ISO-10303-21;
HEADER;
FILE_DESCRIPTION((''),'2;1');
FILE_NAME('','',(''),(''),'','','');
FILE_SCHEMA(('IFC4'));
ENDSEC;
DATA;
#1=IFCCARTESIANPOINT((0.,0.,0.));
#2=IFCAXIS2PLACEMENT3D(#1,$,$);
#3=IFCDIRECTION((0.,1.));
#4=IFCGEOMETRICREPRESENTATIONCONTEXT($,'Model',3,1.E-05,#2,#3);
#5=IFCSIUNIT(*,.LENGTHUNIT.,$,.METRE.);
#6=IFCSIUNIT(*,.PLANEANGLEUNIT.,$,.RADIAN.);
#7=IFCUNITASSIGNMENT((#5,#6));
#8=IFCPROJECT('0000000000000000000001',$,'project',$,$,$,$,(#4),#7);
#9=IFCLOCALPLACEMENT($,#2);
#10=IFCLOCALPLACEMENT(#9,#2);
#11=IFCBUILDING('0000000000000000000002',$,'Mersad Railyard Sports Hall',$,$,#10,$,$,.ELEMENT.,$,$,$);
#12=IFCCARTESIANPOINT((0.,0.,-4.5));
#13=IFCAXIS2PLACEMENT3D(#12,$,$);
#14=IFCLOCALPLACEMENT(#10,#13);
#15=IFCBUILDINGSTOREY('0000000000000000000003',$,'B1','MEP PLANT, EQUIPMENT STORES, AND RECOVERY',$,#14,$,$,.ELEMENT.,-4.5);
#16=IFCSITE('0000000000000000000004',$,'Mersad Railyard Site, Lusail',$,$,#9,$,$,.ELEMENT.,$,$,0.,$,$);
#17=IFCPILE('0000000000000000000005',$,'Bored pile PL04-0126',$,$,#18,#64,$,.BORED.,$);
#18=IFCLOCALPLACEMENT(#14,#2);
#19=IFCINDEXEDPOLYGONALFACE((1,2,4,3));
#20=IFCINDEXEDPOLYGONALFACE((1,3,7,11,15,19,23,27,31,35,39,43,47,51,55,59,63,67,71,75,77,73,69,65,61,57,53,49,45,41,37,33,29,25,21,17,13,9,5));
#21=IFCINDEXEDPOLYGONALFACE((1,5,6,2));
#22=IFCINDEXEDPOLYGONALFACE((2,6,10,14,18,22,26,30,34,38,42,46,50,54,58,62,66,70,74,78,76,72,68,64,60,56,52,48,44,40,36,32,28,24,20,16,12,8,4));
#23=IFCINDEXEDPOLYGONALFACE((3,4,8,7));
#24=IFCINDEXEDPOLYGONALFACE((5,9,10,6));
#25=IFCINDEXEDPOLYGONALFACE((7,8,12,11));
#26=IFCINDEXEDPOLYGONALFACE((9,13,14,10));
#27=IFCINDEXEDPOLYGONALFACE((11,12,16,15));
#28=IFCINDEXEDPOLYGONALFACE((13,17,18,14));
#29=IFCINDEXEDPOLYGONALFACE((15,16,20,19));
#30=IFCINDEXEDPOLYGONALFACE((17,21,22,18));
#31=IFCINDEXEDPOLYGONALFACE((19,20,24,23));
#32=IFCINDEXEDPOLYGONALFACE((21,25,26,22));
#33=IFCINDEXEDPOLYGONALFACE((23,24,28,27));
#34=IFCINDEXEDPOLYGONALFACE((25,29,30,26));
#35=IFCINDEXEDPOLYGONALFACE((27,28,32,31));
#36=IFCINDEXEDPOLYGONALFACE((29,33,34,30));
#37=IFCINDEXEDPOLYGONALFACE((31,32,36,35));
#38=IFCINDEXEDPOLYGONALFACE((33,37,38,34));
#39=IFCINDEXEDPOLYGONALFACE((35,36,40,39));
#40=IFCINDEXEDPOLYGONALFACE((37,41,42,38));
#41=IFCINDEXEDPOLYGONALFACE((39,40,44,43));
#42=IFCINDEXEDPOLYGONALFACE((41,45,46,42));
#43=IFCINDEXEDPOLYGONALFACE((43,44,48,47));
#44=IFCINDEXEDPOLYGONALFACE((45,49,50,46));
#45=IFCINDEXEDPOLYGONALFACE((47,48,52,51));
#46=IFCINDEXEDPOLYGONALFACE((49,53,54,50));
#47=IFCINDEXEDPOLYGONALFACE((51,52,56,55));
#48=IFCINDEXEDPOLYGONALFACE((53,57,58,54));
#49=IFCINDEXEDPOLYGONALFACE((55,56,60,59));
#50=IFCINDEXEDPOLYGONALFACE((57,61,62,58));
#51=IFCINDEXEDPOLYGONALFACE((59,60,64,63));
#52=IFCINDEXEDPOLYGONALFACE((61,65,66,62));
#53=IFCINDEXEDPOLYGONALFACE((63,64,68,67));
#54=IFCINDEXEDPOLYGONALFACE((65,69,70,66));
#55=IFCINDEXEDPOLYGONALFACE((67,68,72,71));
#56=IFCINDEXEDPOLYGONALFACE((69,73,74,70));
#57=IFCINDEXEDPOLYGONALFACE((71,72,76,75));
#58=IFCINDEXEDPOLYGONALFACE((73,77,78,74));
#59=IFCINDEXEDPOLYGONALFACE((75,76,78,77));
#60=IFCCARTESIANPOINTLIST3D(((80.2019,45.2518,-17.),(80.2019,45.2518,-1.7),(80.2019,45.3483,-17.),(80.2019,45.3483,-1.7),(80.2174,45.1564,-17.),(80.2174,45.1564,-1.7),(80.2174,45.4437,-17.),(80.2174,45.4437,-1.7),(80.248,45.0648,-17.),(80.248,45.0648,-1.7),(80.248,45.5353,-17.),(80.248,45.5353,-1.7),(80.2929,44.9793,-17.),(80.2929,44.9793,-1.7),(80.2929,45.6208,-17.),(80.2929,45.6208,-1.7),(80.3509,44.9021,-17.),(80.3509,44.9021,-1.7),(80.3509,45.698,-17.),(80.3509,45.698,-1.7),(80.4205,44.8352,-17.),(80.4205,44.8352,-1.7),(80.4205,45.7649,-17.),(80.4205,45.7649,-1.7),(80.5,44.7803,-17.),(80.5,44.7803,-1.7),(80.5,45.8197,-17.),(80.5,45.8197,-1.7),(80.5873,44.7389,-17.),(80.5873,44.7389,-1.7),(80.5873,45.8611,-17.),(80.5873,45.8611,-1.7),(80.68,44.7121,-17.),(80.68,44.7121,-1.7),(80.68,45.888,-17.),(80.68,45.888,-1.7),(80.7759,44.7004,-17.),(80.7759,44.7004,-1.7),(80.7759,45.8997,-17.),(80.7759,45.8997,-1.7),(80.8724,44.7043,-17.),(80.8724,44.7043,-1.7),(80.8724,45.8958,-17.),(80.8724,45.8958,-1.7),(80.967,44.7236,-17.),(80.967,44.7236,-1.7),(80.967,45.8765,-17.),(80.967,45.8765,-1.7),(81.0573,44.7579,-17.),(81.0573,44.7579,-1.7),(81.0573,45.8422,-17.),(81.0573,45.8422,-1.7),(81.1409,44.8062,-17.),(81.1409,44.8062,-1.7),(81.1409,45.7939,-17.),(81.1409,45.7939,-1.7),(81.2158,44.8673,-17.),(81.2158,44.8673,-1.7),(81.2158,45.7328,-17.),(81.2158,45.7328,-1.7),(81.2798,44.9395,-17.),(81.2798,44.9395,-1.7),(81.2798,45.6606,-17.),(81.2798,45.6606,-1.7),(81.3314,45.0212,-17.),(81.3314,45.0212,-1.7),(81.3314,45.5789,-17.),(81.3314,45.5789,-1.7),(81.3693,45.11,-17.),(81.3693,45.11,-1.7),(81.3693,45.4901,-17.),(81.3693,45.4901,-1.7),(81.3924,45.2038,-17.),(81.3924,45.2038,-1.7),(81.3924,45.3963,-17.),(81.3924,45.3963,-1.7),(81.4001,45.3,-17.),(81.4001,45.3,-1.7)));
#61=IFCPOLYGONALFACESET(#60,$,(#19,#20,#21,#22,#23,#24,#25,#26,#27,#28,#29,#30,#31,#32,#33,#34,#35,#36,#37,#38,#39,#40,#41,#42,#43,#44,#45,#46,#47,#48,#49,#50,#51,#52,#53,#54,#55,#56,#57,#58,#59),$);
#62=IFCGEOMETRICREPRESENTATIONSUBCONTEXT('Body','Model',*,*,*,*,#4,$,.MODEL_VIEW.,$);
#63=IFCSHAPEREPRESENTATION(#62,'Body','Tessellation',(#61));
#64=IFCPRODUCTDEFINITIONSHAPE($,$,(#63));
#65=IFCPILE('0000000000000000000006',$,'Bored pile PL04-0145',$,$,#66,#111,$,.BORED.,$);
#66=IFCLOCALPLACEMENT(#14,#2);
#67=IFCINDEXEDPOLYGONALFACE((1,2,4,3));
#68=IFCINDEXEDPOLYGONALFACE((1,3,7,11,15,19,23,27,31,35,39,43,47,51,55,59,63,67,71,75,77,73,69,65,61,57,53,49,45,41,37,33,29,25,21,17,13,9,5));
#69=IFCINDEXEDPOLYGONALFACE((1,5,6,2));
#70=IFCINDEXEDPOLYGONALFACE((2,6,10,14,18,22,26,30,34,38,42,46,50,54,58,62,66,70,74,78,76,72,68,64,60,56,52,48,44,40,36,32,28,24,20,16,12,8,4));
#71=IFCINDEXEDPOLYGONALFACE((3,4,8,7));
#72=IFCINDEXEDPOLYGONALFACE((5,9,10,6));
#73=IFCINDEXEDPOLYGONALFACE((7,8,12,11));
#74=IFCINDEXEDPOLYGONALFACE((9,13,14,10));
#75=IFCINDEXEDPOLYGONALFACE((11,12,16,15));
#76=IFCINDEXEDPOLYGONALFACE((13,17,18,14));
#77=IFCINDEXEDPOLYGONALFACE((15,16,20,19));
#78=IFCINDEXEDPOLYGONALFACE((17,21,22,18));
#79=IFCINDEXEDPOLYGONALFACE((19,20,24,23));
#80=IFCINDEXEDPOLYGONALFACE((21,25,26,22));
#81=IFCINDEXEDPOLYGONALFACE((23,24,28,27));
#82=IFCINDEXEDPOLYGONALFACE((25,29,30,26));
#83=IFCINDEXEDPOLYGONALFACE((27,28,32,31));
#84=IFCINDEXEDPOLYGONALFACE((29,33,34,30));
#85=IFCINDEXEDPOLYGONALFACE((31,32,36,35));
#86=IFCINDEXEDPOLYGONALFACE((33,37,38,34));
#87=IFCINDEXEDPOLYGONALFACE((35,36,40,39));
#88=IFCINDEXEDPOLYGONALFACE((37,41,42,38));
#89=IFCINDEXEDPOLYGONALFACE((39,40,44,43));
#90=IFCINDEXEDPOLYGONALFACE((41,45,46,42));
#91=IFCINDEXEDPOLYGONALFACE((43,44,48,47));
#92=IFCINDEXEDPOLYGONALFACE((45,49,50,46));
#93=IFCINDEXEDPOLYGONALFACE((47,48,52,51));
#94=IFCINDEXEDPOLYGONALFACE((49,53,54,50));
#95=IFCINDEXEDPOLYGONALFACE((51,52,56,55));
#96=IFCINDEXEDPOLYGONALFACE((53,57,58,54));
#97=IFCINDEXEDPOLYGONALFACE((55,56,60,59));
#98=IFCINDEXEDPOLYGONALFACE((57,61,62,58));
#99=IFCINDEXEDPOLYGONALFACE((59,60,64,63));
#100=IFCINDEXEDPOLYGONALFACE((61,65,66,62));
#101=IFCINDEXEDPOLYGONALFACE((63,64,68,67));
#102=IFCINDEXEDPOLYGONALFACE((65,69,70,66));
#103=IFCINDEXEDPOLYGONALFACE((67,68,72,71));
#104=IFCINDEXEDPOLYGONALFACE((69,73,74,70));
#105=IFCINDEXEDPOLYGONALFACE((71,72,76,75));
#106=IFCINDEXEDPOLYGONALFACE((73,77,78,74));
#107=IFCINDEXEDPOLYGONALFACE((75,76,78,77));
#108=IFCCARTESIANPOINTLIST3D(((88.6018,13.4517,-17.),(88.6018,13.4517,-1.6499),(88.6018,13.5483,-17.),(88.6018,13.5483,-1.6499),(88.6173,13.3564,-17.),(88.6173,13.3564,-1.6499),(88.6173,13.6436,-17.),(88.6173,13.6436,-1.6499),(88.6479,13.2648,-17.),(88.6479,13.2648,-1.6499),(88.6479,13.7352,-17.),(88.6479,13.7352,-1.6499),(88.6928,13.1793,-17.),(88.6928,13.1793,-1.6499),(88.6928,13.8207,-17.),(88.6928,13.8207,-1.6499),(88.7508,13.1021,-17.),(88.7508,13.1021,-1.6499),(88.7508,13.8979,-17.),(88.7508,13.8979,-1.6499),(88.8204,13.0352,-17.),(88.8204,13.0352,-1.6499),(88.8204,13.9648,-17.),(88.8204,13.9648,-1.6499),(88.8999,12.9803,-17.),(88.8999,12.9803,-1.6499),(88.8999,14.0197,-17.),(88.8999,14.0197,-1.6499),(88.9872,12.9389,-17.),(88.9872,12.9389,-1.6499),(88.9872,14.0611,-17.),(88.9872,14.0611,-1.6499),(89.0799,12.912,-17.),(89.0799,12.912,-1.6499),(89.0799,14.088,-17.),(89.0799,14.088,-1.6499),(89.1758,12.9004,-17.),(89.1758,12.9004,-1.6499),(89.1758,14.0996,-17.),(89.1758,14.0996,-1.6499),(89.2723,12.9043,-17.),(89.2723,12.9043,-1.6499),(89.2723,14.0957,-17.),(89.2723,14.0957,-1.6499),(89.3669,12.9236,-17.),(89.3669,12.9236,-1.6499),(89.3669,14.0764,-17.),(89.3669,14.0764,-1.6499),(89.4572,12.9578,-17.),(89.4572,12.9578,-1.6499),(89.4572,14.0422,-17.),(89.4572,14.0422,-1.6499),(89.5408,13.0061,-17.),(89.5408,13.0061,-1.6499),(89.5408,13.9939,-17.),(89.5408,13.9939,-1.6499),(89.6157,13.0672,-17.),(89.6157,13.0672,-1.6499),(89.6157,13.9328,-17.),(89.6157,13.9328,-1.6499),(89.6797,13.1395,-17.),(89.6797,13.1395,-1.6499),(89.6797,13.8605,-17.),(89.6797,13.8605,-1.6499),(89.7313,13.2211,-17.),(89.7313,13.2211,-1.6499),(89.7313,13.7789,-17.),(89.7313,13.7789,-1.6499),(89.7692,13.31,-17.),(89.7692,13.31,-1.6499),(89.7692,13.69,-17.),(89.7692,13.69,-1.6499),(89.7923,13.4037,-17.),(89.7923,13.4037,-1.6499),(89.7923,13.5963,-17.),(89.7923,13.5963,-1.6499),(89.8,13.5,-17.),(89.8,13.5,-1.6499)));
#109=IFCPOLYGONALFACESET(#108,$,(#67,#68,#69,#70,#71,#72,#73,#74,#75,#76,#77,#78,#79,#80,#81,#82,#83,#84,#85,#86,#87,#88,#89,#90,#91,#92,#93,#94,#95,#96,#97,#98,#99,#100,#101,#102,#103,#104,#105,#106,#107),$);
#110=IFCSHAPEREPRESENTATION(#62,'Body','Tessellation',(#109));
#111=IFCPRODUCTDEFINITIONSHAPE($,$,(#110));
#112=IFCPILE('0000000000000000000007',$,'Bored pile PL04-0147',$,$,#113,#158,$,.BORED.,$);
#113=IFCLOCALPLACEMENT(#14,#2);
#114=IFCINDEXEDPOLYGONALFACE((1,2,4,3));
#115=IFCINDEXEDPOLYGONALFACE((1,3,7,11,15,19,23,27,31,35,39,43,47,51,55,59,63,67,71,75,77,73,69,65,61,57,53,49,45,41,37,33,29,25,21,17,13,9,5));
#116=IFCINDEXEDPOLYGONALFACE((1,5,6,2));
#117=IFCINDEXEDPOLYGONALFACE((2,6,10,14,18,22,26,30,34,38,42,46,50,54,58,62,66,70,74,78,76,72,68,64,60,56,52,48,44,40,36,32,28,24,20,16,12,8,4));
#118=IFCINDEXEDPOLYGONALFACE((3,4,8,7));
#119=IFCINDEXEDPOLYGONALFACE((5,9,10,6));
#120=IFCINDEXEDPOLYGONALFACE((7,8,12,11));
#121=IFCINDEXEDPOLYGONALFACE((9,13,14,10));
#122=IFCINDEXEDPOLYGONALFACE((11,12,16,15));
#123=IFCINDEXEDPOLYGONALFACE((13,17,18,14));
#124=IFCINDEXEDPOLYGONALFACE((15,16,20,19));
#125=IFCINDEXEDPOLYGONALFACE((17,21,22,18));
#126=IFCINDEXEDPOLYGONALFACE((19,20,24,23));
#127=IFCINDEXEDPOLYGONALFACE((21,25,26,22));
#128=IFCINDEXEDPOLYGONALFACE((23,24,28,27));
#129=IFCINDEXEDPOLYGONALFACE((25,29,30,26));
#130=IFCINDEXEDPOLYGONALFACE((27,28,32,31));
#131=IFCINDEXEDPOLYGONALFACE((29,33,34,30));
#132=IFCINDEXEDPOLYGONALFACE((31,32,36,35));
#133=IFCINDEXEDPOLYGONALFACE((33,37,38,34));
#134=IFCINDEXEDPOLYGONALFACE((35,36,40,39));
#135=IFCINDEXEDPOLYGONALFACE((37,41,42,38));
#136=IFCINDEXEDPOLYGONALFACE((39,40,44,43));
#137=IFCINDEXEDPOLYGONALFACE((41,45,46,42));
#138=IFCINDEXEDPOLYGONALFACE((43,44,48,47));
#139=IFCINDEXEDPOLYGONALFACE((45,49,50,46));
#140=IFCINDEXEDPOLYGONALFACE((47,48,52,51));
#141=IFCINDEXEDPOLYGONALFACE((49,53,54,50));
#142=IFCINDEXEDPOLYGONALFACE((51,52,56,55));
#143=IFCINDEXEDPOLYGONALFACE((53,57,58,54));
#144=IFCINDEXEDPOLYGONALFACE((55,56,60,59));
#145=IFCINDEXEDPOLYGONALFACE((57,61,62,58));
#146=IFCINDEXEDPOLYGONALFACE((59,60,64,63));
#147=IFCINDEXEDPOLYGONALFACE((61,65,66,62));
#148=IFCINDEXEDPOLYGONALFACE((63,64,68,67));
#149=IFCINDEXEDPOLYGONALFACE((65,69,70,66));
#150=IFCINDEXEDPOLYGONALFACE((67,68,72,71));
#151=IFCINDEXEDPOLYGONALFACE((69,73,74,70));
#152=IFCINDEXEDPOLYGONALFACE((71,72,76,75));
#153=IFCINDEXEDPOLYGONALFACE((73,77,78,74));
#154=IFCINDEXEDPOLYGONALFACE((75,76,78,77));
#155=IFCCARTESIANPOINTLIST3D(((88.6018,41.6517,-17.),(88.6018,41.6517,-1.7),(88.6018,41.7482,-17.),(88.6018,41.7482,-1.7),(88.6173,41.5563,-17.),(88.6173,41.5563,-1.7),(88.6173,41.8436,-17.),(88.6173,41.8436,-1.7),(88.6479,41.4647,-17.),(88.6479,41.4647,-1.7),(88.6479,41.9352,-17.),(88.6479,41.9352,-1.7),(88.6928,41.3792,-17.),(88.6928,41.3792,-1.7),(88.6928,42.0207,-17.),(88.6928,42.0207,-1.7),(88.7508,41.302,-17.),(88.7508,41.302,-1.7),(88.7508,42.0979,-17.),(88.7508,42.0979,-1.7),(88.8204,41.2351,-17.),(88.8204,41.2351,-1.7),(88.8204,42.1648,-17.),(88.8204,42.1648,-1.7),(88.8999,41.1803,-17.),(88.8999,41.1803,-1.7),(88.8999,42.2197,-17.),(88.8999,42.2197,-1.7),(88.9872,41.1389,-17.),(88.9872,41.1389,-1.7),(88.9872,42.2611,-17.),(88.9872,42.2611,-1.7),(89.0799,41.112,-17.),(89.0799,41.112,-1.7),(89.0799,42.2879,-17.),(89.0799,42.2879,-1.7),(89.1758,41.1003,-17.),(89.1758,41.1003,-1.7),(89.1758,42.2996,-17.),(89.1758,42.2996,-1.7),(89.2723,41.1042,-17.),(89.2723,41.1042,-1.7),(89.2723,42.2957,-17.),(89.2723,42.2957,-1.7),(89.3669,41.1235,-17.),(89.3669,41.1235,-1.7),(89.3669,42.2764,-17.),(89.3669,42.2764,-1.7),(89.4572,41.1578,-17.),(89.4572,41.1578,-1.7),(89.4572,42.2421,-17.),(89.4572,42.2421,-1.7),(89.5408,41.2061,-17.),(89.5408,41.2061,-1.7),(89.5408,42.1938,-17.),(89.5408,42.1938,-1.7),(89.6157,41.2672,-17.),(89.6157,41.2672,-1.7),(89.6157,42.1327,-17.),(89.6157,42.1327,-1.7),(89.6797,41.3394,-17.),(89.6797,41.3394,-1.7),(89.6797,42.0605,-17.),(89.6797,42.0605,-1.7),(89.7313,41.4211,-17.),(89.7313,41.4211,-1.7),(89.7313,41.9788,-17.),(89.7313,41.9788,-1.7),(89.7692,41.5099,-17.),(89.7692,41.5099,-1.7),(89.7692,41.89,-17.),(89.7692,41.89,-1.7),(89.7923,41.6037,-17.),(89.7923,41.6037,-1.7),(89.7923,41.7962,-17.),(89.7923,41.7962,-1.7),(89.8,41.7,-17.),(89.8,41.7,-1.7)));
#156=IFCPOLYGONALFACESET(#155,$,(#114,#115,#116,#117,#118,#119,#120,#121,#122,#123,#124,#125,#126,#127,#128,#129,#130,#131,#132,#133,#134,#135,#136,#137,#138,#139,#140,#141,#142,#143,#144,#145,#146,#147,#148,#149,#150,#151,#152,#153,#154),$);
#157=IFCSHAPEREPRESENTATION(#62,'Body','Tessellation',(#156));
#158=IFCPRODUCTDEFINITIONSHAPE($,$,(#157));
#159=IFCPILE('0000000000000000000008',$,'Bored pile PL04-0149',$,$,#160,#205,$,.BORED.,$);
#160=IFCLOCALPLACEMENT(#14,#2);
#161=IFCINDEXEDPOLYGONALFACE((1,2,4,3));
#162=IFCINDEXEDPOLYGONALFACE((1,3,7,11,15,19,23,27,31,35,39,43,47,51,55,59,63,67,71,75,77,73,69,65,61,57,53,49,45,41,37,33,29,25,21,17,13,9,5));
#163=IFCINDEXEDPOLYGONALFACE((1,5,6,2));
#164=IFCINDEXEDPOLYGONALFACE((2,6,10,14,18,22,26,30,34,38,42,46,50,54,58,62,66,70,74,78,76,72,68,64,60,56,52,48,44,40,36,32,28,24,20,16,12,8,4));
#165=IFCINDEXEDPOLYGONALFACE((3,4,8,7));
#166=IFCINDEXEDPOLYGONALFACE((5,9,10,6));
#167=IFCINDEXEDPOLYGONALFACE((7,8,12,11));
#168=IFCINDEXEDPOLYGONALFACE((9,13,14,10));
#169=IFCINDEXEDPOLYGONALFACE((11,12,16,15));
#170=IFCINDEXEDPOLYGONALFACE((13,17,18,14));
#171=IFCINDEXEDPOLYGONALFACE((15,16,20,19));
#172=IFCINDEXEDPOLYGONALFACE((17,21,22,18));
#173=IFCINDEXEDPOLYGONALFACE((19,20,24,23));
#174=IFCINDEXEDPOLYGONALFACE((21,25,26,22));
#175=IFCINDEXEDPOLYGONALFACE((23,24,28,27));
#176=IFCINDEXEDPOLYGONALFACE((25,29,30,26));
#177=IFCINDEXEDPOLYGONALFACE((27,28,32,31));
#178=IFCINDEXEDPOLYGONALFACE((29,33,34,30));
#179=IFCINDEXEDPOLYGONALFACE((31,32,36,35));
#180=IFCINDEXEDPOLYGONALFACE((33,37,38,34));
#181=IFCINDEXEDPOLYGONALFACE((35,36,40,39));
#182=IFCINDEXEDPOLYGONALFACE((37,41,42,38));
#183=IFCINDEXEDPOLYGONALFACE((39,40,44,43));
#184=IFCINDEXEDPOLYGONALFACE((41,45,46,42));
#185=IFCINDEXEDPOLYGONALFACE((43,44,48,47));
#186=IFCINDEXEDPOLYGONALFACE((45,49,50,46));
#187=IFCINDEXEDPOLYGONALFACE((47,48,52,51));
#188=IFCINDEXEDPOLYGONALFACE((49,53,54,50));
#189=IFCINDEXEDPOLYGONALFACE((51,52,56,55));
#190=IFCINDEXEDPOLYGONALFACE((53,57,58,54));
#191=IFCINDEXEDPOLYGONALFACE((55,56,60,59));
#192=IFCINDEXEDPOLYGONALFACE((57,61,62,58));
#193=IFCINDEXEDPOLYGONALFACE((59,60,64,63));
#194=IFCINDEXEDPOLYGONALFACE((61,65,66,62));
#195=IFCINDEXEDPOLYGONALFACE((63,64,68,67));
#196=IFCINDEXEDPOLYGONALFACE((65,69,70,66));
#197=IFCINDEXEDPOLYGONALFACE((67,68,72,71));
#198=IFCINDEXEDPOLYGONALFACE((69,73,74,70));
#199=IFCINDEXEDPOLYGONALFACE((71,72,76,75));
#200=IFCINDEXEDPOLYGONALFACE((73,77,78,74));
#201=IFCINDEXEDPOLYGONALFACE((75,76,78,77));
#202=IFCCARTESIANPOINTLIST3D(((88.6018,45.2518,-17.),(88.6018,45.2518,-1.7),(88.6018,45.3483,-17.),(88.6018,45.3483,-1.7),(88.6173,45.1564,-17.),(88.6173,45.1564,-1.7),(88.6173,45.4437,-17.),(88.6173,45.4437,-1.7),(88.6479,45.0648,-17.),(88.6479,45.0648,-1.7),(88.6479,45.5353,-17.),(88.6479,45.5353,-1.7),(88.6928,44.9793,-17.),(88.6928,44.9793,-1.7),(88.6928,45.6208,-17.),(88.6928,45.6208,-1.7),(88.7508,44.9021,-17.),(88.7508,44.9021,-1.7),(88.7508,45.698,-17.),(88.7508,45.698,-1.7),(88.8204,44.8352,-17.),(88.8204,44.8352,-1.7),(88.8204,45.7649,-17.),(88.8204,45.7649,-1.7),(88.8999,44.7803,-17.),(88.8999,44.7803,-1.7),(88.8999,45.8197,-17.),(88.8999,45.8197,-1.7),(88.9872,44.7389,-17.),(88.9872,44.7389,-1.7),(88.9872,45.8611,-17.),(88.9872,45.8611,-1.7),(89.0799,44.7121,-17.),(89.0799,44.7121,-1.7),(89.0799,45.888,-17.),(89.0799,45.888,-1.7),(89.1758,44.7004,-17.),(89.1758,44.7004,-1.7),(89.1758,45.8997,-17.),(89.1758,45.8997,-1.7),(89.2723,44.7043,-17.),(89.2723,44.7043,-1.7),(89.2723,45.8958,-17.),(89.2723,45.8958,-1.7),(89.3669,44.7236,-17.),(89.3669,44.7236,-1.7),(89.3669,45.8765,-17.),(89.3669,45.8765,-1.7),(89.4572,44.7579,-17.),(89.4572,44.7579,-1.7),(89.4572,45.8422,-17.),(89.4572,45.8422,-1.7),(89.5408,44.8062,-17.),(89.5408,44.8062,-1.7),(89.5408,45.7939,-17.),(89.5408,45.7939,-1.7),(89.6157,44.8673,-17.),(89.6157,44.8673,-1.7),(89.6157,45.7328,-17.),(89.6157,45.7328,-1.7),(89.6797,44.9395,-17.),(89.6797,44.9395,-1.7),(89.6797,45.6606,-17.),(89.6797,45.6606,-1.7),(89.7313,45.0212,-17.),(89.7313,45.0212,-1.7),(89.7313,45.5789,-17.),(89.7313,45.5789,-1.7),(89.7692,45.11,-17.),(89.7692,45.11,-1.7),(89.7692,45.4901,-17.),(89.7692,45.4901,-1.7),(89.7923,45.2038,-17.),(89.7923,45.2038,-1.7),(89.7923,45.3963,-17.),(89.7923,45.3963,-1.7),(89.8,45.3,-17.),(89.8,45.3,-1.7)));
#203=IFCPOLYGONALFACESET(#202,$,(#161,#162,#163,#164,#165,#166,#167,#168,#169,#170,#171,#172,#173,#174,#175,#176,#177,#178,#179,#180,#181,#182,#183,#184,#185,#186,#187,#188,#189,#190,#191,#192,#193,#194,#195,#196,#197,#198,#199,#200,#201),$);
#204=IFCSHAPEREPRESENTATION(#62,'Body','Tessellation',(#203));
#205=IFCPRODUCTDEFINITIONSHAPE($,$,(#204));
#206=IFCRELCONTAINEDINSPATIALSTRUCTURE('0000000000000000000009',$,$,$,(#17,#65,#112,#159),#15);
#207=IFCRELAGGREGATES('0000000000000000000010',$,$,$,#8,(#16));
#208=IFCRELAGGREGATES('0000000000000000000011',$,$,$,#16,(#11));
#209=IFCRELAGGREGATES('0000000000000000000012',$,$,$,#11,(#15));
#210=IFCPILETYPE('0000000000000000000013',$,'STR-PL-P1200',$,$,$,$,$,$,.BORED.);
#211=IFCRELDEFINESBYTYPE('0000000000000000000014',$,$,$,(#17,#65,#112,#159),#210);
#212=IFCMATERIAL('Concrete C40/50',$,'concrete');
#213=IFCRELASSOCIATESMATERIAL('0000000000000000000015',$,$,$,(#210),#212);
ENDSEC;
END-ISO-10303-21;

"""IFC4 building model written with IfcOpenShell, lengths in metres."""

from ifc_helpers import new_model, si_unit, direction, frame, origin, origin_2d, place, context, subcontext, project, spatial, circle, extrude, material, material_profile, profile_set, type_object, element, save


model = new_model("IFC4")

# Units and contexts
model_context = context("Model", 3, precision=1e-05, world=origin(), true_north=direction((0.0, 1.0)))
body_context = subcontext(model_context, "Body", "Model", "MODEL_VIEW")
ifc_project = project(units=[si_unit("LENGTHUNIT", "METRE"), si_unit("PLANEANGLEUNIT", "RADIAN")], contexts=[model_context])

# Site, building, storey
site_placement = place(None, origin())
site = spatial("IfcSite", under=ifc_project, at=site_placement, Name="Mersad Railyard Site, Lusail", CompositionType="ELEMENT", RefElevation=0.0)
building_placement = place(site_placement, origin())
building = spatial("IfcBuilding", under=site, at=building_placement, Name="Mersad Railyard Sports Hall", CompositionType="ELEMENT")
storey_placement = place(building_placement, frame((0.0, 0.0, -4.5)))
storey = spatial("IfcBuildingStorey", under=building, at=storey_placement, Name="B1", Description="MEP PLANT, EQUIPMENT STORES, AND RECOVERY", CompositionType="ELEMENT", Elevation=-4.5)

# Shared definitions
ifc_material_1 = material(Name="Concrete C40/50", Category="concrete")

# Piles
ifc_material_profile_1 = material_profile(ifc_material_1, circle(Radius=0.6001, at=origin_2d()), Name="BORED PILE D1200")
ifc_profile_set_1 = profile_set([ifc_material_profile_1], Name="Concrete C40/50")
pile_type_1 = type_object("IfcPileType", Name="STR-PL-P1200", PredefinedType="BORED", material=ifc_profile_set_1)
for number, where, z_axis, x_axis, name in (
    (1, (80.8, 45.3, -1.7), (0.0, 0.0, -1.0), (1.0, 0.0, 0.0), "Bored pile PL04-0126"),
):
    element("IfcPile", number, at=place(storey_placement, frame(where, z_axis=z_axis, x_axis=x_axis)), inside=storey, type_object=pile_type_1, Name=name, PredefinedType="BORED", context=body_context, shape_type="SweptSolid", body=[
        extrude(circle(Radius=0.6001, at=origin_2d()), origin(), (0.0, 0.0, 1.0), 15.3),
    ])
pile_1_placement = place(storey_placement, frame((89.2, 13.5, -1.6499), z_axis=(0.0, 0.0, -1.0), x_axis=(1.0, 0.0, 0.0)))
element("IfcPile", 2, at=pile_1_placement, inside=storey, type_object=pile_type_1, Name="Bored pile PL04-0145", PredefinedType="BORED", context=body_context, shape_type="SweptSolid", body=[
    extrude(circle(Radius=0.6001, at=origin_2d()), origin(), (0.0, 0.0, 1.0), 15.3501),
])
for number, where, z_axis, x_axis, name in (
    (3, (89.2, 41.7, -1.7), (0.0, 0.0, -1.0), (1.0, 0.0, 0.0), "Bored pile PL04-0147"),
    (4, (89.2, 45.3, -1.7), (0.0, 0.0, -1.0), (1.0, 0.0, 0.0), "Bored pile PL04-0149"),
):
    element("IfcPile", number, at=place(storey_placement, frame(where, z_axis=z_axis, x_axis=x_axis)), inside=storey, type_object=pile_type_1, Name=name, PredefinedType="BORED", context=body_context, shape_type="SweptSolid", body=[
        extrude(circle(Radius=0.6001, at=origin_2d()), origin(), (0.0, 0.0, 1.0), 15.3),
    ])

save(model, "model.ifc")
